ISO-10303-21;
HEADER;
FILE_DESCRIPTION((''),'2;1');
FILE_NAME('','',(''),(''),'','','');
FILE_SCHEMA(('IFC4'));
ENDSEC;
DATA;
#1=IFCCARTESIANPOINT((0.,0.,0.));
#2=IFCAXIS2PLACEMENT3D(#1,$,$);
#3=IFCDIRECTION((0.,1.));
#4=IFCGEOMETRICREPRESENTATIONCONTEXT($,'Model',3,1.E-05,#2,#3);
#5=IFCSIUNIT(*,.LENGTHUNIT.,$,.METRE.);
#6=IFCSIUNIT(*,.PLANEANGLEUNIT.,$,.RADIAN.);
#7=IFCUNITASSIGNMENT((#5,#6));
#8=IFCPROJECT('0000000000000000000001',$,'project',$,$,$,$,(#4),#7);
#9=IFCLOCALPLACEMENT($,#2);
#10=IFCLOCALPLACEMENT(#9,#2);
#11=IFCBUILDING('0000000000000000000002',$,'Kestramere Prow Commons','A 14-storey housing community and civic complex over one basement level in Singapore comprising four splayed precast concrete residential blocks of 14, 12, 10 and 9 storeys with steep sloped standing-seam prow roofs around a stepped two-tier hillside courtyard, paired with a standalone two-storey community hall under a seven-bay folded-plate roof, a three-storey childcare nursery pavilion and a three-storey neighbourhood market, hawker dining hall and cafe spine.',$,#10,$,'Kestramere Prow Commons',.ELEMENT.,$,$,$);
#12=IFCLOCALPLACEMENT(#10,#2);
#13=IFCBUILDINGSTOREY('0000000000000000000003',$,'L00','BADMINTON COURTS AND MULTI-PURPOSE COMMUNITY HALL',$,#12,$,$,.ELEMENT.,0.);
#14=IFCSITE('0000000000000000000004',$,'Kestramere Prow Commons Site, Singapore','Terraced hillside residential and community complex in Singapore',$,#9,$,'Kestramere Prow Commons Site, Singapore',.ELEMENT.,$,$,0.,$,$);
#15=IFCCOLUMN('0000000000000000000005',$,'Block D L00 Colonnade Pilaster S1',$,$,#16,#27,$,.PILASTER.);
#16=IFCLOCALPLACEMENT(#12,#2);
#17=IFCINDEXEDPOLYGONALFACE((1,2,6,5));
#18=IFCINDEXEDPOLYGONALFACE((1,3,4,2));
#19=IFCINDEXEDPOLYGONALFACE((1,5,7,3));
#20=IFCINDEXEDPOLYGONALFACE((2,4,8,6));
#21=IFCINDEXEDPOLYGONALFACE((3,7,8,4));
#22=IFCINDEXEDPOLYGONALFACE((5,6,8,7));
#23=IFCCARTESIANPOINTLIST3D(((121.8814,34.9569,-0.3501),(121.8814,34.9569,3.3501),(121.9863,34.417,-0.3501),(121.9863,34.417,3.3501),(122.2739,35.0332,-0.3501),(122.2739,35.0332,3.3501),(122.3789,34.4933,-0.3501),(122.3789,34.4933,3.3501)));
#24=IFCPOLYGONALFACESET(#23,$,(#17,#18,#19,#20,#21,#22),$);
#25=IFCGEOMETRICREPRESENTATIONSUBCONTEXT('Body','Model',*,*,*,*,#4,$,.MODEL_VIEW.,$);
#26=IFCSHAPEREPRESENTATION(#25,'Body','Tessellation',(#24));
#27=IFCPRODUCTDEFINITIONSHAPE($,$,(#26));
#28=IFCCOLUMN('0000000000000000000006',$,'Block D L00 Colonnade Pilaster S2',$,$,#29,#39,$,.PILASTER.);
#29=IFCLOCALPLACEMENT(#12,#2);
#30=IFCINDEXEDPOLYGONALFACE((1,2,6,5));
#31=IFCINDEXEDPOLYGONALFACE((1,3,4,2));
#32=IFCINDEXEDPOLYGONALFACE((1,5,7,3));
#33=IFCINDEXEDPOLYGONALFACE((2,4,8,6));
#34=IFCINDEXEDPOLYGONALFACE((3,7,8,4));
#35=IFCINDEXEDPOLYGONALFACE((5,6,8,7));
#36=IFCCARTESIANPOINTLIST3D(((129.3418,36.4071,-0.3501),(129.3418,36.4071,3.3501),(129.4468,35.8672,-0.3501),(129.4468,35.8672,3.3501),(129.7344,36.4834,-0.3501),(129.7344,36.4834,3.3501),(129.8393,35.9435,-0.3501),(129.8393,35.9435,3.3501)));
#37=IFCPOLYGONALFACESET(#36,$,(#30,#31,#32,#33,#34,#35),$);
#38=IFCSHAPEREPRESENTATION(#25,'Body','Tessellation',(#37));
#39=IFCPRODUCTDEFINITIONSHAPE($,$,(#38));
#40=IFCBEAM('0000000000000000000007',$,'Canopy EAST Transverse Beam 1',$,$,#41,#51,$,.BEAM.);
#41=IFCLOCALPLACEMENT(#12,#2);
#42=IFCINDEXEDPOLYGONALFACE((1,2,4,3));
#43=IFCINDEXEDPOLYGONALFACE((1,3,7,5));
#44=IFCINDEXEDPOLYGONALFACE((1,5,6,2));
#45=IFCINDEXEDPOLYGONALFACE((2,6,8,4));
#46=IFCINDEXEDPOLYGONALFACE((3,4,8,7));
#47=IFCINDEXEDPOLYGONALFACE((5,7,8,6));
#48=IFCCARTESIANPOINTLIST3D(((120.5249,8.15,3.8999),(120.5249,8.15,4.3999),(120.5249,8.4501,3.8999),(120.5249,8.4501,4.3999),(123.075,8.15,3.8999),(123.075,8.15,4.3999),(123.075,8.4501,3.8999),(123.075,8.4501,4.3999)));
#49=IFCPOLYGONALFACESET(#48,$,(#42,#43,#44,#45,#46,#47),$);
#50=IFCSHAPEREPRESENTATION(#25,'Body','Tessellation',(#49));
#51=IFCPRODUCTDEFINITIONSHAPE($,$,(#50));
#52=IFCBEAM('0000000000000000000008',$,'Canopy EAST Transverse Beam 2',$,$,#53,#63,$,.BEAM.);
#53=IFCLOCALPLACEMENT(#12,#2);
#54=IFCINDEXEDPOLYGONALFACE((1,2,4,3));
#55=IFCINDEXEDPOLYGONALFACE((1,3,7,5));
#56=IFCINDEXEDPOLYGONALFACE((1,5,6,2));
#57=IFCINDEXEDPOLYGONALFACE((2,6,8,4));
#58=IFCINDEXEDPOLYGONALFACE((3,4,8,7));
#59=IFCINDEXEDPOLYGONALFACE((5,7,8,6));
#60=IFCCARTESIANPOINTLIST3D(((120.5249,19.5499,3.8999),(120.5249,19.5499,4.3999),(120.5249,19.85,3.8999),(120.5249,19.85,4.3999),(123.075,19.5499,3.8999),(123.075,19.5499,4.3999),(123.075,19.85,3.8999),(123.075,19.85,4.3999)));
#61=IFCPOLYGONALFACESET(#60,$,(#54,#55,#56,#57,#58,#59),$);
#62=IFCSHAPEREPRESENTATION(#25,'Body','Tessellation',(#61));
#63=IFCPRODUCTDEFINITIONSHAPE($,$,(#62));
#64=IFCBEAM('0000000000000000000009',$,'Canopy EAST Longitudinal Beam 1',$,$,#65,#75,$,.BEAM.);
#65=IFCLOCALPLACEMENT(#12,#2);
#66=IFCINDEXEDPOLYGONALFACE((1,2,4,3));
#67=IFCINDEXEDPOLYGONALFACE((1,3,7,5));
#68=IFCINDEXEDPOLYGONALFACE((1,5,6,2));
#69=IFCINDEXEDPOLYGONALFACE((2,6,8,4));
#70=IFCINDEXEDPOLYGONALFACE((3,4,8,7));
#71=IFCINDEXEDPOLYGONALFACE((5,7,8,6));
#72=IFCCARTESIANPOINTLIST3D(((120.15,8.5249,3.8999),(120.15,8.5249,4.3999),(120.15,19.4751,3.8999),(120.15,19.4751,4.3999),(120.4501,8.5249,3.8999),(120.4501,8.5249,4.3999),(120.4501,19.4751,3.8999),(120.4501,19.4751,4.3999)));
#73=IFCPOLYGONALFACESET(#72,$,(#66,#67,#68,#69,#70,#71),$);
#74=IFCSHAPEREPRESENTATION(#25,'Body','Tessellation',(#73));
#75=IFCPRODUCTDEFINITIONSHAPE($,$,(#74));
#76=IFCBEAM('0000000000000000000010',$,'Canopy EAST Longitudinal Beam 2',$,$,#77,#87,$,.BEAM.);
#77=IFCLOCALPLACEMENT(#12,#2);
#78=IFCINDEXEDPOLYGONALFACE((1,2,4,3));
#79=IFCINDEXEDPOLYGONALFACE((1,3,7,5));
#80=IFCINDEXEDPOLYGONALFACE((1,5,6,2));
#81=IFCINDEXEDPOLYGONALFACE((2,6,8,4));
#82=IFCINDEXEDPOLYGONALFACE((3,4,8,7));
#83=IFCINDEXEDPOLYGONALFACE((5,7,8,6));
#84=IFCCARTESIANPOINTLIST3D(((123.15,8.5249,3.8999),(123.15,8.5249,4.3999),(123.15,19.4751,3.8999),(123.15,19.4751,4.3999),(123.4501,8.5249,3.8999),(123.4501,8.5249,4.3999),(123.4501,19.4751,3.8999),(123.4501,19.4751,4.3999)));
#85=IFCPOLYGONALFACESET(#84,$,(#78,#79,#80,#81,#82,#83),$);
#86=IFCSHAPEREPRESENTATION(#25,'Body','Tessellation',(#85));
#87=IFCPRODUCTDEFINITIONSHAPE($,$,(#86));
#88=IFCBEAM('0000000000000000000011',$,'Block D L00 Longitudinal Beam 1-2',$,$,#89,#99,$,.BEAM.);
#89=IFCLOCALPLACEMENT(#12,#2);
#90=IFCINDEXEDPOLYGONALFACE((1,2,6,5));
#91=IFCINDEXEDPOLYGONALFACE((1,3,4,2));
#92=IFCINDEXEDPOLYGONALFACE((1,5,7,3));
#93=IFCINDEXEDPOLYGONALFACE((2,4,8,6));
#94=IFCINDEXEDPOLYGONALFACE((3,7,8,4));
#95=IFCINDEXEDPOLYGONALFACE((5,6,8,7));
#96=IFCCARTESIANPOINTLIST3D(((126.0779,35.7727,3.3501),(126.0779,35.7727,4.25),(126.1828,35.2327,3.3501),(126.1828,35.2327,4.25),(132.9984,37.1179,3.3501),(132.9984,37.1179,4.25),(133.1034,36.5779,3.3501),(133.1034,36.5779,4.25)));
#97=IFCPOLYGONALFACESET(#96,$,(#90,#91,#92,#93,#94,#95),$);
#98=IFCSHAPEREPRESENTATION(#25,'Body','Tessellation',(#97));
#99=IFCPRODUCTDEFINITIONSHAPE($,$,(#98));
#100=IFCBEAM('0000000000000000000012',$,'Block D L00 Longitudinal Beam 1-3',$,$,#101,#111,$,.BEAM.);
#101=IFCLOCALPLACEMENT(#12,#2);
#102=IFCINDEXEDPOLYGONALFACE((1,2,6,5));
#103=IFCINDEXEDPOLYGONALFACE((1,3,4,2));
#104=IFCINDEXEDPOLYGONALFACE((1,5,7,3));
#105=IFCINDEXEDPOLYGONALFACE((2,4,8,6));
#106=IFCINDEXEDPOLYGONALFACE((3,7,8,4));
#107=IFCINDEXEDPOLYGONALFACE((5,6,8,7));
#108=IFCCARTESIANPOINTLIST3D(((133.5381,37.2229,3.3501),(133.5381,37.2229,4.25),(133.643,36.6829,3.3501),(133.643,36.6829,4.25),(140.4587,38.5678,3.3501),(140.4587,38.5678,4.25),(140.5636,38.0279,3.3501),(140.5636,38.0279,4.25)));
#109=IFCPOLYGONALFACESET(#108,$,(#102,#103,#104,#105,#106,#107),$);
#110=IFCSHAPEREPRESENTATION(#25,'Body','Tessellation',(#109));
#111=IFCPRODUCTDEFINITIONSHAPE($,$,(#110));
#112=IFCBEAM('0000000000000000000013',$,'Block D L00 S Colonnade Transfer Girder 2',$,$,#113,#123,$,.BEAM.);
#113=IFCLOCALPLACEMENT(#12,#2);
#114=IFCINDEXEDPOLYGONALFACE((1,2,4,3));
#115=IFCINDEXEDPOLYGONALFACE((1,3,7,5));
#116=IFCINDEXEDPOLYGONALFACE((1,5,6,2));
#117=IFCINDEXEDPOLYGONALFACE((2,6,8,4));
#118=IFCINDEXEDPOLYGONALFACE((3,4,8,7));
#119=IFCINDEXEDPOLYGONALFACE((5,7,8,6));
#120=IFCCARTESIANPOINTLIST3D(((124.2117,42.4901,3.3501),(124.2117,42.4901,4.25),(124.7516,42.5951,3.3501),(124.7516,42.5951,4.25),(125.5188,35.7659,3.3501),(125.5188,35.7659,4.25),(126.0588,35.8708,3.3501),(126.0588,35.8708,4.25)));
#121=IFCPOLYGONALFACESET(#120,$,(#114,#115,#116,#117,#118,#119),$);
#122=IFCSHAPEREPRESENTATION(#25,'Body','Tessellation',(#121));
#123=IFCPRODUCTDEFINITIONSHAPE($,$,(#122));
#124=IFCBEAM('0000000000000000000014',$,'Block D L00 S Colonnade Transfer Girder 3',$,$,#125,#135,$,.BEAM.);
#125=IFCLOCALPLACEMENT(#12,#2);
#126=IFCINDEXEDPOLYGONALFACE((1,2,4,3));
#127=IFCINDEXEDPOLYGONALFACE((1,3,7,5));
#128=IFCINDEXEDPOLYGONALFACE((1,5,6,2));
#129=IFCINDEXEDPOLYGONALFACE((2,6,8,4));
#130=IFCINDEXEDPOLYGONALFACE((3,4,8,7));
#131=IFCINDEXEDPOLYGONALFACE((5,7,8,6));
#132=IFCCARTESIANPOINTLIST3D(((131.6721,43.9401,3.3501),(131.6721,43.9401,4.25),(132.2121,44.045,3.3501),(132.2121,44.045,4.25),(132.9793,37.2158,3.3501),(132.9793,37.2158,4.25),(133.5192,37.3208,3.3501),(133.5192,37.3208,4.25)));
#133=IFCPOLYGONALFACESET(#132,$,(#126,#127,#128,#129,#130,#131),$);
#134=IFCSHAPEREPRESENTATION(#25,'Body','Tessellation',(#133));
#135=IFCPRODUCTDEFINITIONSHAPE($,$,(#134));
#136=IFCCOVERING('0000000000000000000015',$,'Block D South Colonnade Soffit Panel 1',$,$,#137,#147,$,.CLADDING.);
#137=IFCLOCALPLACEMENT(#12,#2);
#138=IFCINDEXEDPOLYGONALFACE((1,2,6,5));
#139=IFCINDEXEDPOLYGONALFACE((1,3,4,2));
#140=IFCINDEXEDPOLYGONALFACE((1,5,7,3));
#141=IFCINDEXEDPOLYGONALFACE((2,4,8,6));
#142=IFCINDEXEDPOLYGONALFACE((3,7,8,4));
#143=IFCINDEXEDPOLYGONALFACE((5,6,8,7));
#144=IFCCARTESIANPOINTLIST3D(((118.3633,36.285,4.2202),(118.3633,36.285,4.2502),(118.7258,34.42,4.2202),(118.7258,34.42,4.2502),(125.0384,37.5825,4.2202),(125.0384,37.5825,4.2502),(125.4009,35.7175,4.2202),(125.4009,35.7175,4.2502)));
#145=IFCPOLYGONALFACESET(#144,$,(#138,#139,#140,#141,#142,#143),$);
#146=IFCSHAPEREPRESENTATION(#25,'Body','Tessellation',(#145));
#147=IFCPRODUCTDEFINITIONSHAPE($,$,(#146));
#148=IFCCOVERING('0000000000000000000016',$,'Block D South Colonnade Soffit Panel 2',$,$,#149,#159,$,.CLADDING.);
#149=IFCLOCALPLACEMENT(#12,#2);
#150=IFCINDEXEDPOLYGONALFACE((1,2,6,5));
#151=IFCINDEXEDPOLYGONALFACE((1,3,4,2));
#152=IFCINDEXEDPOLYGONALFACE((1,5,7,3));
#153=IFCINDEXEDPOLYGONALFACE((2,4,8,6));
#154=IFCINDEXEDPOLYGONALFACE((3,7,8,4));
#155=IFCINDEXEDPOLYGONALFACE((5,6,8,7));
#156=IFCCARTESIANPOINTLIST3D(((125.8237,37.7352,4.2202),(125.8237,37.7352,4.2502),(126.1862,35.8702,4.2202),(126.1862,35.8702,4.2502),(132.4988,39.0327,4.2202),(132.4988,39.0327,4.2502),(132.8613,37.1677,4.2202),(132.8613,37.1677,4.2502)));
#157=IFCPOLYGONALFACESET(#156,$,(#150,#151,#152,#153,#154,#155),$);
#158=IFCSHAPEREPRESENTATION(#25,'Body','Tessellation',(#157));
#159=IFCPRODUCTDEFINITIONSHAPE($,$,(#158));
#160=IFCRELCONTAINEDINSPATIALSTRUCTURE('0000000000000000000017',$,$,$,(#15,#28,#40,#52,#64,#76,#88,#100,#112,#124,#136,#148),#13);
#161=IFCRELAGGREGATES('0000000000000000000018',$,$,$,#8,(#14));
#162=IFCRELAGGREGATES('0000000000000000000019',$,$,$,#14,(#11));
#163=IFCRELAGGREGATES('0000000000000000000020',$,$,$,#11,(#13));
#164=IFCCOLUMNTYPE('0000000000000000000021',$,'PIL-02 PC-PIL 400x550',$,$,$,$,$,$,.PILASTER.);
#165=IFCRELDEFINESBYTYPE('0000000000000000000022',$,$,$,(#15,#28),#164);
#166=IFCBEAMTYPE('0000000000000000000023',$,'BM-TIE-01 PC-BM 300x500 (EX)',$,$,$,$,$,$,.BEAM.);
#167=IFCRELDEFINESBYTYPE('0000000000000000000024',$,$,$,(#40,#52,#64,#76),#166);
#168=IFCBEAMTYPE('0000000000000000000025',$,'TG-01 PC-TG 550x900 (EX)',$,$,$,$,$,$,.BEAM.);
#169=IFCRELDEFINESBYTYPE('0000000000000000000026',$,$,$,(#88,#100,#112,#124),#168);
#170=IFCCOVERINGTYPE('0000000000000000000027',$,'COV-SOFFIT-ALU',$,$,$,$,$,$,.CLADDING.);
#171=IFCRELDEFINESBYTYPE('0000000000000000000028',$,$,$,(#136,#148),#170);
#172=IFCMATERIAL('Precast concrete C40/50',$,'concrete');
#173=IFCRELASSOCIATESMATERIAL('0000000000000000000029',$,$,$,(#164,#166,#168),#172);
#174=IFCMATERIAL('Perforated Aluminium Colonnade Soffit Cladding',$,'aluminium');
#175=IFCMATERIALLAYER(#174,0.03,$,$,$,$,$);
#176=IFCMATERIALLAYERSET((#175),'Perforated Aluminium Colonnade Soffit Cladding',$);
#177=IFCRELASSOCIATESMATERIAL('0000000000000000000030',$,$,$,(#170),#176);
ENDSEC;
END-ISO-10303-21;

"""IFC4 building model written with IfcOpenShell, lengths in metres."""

from ifc_helpers import new_model, si_unit, direction, frame, origin, origin_2d, place, context, subcontext, project, spatial, rectangle, extrude, material, layer, layer_set, material_profile, profile_set, type_object, element, save


model = new_model("IFC4")

# Units and contexts
model_context = context("Model", 3, precision=1e-05, world=origin(), true_north=direction((0.0, 1.0)))
body_context = subcontext(model_context, "Body", "Model", "MODEL_VIEW")
ifc_project = project(units=[si_unit("LENGTHUNIT", "METRE"), si_unit("PLANEANGLEUNIT", "RADIAN")], contexts=[model_context])

# Site, building, storey
site_placement = place(None, origin())
site = spatial("IfcSite", under=ifc_project, at=site_placement, Name="Kestramere Prow Commons Site, Singapore", Description="Terraced hillside residential and community complex in Singapore", LongName="Kestramere Prow Commons Site, Singapore", CompositionType="ELEMENT", RefElevation=0.0)
building_placement = place(site_placement, origin())
building = spatial("IfcBuilding", under=site, at=building_placement, Name="Kestramere Prow Commons", Description="A 14-storey housing community and civic complex over one basement level in Singapore comprising four splayed precast concrete residential blocks of 14, 12, 10 and 9 storeys with steep sloped standing-seam prow roofs around a stepped two-tier hillside courtyard, paired with a standalone two-storey community hall under a seven-bay folded-plate roof, a three-storey childcare nursery pavilion and a three-storey neighbourhood market, hawker dining hall and cafe spine.", LongName="Kestramere Prow Commons", CompositionType="ELEMENT")
storey_placement = place(building_placement, origin())
storey = spatial("IfcBuildingStorey", under=building, at=storey_placement, Name="L00", Description="BADMINTON COURTS AND MULTI-PURPOSE COMMUNITY HALL", CompositionType="ELEMENT", Elevation=0.0)

# Columns
ifc_material_1 = material(Name="Precast concrete C40/50", Category="concrete")
ifc_material_profile_1 = material_profile(ifc_material_1, rectangle(XDim=0.3999, YDim=0.55, at=origin_2d()), Name="PC-PIL 400x550")
ifc_profile_set_1 = profile_set([ifc_material_profile_1], Name="Precast concrete C40/50")
column_type_1 = type_object("IfcColumnType", Name="PIL-02 PC-PIL 400x550", PredefinedType="PILASTER", material=ifc_profile_set_1)
for number, where, z_axis, x_axis, name in (
    (1, (122.1301, 34.7251, -0.3501), (0.0, 0.0, 1.0), (0.981627, 0.190809, 0.0), "Block D L00 Colonnade Pilaster S1"),
    (2, (129.5906, 36.1753, -0.3501), (0.0, 0.0, 1.0), (0.981627, 0.190809, 0.0), "Block D L00 Colonnade Pilaster S2"),
):
    element("IfcColumn", number, at=place(storey_placement, frame(where, z_axis=z_axis, x_axis=x_axis)), inside=storey, type_object=column_type_1, Name=name, PredefinedType="PILASTER", context=body_context, shape_type="SweptSolid", body=[
        extrude(rectangle(XDim=0.3999, YDim=0.55, at=origin_2d()), origin(), (0.0, 0.0, 1.0), 3.7002),
    ])

# Beams
ifc_material_profile_2 = material_profile(ifc_material_1, rectangle(XDim=0.3, YDim=0.5, at=origin_2d()), Name="PC-BM 300x500")
ifc_profile_set_2 = profile_set([ifc_material_profile_2], Name="Precast concrete C40/50")
beam_type_1 = type_object("IfcBeamType", Name="BM-TIE-01 PC-BM 300x500 (EX)", PredefinedType="BEAM", material=ifc_profile_set_2)
for number, where, z_axis, x_axis, name in (
    (3, (120.5249, 8.3, 4.1499), (1.0, 0.0, 0.0), (0.0, 1.0, 0.0), "Canopy EAST Transverse Beam 1"),
    (4, (120.5249, 19.7, 4.1499), (1.0, 0.0, 0.0), (0.0, 1.0, 0.0), "Canopy EAST Transverse Beam 2"),
):
    element("IfcBeam", number, at=place(storey_placement, frame(where, z_axis=z_axis, x_axis=x_axis)), inside=storey, type_object=beam_type_1, Name=name, PredefinedType="BEAM", context=body_context, shape_type="SweptSolid", body=[
        extrude(rectangle(XDim=0.3, YDim=0.5, at=origin_2d()), origin(), (0.0, 0.0, 1.0), 2.55),
    ])
for number, where, z_axis, x_axis, name in (
    (5, (120.3, 8.5249, 4.1499), (0.0, 1.0, 0.0), (-1.0, 0.0, 0.0), "Canopy EAST Longitudinal Beam 1"),
    (6, (123.3, 8.5249, 4.1499), (0.0, 1.0, 0.0), (-1.0, 0.0, 0.0), "Canopy EAST Longitudinal Beam 2"),
):
    element("IfcBeam", number, at=place(storey_placement, frame(where, z_axis=z_axis, x_axis=x_axis)), inside=storey, type_object=beam_type_1, Name=name, PredefinedType="BEAM", context=body_context, shape_type="SweptSolid", body=[
        extrude(rectangle(XDim=0.3, YDim=0.5, at=origin_2d()), origin(), (0.0, 0.0, 1.0), 10.9502),
    ])
ifc_material_profile_3 = material_profile(ifc_material_1, rectangle(XDim=0.55, YDim=0.8999, at=origin_2d()), Name="PC-TG 550x900")
ifc_profile_set_3 = profile_set([ifc_material_profile_3], Name="Precast concrete C40/50")
beam_type_2 = type_object("IfcBeamType", Name="TG-01 PC-TG 550x900 (EX)", PredefinedType="BEAM", material=ifc_profile_set_3)
for number, where, z_axis, x_axis, name in (
    (7, (126.1304, 35.5027, 3.8), (0.981627, 0.190812, 0.0), (-0.190812, 0.981627, 0.0), "Block D L00 Longitudinal Beam 1-2"),
    (8, (133.5906, 36.9529, 3.8), (0.981634, 0.190772, 0.0), (-0.190772, 0.981634, 0.0), "Block D L00 Longitudinal Beam 1-3"),
):
    element("IfcBeam", number, at=place(storey_placement, frame(where, z_axis=z_axis, x_axis=x_axis)), inside=storey, type_object=beam_type_2, Name=name, PredefinedType="BEAM", context=body_context, shape_type="SweptSolid", body=[
        extrude(rectangle(XDim=0.55, YDim=0.8999, at=origin_2d()), origin(), (0.0, 0.0, 1.0), 7.05),
    ])
for number, where, z_axis, x_axis, name in (
    (9, (125.7888, 35.8184, 3.8), (-0.190822, 0.981625, 0.0), (-0.981625, -0.190822, 0.0), "Block D L00 S Colonnade Transfer Girder 2"),
    (10, (133.2493, 37.2683, 3.8), (-0.190822, 0.981625, 0.0), (-0.981625, -0.190822, 0.0), "Block D L00 S Colonnade Transfer Girder 3"),
):
    element("IfcBeam", number, at=place(storey_placement, frame(where, z_axis=z_axis, x_axis=x_axis)), inside=storey, type_object=beam_type_2, Name=name, PredefinedType="BEAM", context=body_context, shape_type="SweptSolid", body=[
        extrude(rectangle(XDim=0.55, YDim=0.8999, at=origin_2d()), origin(), (0.0, 0.0, 1.0), 6.8501),
    ])

# Coverings
ifc_material_2 = material(Name="Perforated Aluminium Colonnade Soffit Cladding", Category="aluminium")
ifc_layer = layer(ifc_material_2, 0.03)
ifc_layer_set = layer_set([ifc_layer], Name="Perforated Aluminium Colonnade Soffit Cladding")
covering_type = type_object("IfcCoveringType", Name="COV-SOFFIT-ALU", PredefinedType="CLADDING", material=ifc_layer_set)
for number, where, z_axis, x_axis, name in (
    (11, (121.8821, 36.0012, 4.2202), (0.0, 0.0, 1.0), (0.981627, 0.190809, 0.0), "Block D South Colonnade Soffit Panel 1"),
    (12, (129.3425, 37.4514, 4.2202), (0.0, 0.0, 1.0), (0.981627, 0.190809, 0.0), "Block D South Colonnade Soffit Panel 2"),
):
    element("IfcCovering", number, at=place(storey_placement, frame(where, z_axis=z_axis, x_axis=x_axis)), inside=storey, type_object=covering_type, Name=name, PredefinedType="CLADDING", context=body_context, shape_type="SweptSolid", body=[
        extrude(rectangle(XDim=6.8, YDim=1.8999, at=origin_2d()), origin(), (0.0, 0.0, 1.0), 0.03),
    ])

save(model, "model.ifc")
